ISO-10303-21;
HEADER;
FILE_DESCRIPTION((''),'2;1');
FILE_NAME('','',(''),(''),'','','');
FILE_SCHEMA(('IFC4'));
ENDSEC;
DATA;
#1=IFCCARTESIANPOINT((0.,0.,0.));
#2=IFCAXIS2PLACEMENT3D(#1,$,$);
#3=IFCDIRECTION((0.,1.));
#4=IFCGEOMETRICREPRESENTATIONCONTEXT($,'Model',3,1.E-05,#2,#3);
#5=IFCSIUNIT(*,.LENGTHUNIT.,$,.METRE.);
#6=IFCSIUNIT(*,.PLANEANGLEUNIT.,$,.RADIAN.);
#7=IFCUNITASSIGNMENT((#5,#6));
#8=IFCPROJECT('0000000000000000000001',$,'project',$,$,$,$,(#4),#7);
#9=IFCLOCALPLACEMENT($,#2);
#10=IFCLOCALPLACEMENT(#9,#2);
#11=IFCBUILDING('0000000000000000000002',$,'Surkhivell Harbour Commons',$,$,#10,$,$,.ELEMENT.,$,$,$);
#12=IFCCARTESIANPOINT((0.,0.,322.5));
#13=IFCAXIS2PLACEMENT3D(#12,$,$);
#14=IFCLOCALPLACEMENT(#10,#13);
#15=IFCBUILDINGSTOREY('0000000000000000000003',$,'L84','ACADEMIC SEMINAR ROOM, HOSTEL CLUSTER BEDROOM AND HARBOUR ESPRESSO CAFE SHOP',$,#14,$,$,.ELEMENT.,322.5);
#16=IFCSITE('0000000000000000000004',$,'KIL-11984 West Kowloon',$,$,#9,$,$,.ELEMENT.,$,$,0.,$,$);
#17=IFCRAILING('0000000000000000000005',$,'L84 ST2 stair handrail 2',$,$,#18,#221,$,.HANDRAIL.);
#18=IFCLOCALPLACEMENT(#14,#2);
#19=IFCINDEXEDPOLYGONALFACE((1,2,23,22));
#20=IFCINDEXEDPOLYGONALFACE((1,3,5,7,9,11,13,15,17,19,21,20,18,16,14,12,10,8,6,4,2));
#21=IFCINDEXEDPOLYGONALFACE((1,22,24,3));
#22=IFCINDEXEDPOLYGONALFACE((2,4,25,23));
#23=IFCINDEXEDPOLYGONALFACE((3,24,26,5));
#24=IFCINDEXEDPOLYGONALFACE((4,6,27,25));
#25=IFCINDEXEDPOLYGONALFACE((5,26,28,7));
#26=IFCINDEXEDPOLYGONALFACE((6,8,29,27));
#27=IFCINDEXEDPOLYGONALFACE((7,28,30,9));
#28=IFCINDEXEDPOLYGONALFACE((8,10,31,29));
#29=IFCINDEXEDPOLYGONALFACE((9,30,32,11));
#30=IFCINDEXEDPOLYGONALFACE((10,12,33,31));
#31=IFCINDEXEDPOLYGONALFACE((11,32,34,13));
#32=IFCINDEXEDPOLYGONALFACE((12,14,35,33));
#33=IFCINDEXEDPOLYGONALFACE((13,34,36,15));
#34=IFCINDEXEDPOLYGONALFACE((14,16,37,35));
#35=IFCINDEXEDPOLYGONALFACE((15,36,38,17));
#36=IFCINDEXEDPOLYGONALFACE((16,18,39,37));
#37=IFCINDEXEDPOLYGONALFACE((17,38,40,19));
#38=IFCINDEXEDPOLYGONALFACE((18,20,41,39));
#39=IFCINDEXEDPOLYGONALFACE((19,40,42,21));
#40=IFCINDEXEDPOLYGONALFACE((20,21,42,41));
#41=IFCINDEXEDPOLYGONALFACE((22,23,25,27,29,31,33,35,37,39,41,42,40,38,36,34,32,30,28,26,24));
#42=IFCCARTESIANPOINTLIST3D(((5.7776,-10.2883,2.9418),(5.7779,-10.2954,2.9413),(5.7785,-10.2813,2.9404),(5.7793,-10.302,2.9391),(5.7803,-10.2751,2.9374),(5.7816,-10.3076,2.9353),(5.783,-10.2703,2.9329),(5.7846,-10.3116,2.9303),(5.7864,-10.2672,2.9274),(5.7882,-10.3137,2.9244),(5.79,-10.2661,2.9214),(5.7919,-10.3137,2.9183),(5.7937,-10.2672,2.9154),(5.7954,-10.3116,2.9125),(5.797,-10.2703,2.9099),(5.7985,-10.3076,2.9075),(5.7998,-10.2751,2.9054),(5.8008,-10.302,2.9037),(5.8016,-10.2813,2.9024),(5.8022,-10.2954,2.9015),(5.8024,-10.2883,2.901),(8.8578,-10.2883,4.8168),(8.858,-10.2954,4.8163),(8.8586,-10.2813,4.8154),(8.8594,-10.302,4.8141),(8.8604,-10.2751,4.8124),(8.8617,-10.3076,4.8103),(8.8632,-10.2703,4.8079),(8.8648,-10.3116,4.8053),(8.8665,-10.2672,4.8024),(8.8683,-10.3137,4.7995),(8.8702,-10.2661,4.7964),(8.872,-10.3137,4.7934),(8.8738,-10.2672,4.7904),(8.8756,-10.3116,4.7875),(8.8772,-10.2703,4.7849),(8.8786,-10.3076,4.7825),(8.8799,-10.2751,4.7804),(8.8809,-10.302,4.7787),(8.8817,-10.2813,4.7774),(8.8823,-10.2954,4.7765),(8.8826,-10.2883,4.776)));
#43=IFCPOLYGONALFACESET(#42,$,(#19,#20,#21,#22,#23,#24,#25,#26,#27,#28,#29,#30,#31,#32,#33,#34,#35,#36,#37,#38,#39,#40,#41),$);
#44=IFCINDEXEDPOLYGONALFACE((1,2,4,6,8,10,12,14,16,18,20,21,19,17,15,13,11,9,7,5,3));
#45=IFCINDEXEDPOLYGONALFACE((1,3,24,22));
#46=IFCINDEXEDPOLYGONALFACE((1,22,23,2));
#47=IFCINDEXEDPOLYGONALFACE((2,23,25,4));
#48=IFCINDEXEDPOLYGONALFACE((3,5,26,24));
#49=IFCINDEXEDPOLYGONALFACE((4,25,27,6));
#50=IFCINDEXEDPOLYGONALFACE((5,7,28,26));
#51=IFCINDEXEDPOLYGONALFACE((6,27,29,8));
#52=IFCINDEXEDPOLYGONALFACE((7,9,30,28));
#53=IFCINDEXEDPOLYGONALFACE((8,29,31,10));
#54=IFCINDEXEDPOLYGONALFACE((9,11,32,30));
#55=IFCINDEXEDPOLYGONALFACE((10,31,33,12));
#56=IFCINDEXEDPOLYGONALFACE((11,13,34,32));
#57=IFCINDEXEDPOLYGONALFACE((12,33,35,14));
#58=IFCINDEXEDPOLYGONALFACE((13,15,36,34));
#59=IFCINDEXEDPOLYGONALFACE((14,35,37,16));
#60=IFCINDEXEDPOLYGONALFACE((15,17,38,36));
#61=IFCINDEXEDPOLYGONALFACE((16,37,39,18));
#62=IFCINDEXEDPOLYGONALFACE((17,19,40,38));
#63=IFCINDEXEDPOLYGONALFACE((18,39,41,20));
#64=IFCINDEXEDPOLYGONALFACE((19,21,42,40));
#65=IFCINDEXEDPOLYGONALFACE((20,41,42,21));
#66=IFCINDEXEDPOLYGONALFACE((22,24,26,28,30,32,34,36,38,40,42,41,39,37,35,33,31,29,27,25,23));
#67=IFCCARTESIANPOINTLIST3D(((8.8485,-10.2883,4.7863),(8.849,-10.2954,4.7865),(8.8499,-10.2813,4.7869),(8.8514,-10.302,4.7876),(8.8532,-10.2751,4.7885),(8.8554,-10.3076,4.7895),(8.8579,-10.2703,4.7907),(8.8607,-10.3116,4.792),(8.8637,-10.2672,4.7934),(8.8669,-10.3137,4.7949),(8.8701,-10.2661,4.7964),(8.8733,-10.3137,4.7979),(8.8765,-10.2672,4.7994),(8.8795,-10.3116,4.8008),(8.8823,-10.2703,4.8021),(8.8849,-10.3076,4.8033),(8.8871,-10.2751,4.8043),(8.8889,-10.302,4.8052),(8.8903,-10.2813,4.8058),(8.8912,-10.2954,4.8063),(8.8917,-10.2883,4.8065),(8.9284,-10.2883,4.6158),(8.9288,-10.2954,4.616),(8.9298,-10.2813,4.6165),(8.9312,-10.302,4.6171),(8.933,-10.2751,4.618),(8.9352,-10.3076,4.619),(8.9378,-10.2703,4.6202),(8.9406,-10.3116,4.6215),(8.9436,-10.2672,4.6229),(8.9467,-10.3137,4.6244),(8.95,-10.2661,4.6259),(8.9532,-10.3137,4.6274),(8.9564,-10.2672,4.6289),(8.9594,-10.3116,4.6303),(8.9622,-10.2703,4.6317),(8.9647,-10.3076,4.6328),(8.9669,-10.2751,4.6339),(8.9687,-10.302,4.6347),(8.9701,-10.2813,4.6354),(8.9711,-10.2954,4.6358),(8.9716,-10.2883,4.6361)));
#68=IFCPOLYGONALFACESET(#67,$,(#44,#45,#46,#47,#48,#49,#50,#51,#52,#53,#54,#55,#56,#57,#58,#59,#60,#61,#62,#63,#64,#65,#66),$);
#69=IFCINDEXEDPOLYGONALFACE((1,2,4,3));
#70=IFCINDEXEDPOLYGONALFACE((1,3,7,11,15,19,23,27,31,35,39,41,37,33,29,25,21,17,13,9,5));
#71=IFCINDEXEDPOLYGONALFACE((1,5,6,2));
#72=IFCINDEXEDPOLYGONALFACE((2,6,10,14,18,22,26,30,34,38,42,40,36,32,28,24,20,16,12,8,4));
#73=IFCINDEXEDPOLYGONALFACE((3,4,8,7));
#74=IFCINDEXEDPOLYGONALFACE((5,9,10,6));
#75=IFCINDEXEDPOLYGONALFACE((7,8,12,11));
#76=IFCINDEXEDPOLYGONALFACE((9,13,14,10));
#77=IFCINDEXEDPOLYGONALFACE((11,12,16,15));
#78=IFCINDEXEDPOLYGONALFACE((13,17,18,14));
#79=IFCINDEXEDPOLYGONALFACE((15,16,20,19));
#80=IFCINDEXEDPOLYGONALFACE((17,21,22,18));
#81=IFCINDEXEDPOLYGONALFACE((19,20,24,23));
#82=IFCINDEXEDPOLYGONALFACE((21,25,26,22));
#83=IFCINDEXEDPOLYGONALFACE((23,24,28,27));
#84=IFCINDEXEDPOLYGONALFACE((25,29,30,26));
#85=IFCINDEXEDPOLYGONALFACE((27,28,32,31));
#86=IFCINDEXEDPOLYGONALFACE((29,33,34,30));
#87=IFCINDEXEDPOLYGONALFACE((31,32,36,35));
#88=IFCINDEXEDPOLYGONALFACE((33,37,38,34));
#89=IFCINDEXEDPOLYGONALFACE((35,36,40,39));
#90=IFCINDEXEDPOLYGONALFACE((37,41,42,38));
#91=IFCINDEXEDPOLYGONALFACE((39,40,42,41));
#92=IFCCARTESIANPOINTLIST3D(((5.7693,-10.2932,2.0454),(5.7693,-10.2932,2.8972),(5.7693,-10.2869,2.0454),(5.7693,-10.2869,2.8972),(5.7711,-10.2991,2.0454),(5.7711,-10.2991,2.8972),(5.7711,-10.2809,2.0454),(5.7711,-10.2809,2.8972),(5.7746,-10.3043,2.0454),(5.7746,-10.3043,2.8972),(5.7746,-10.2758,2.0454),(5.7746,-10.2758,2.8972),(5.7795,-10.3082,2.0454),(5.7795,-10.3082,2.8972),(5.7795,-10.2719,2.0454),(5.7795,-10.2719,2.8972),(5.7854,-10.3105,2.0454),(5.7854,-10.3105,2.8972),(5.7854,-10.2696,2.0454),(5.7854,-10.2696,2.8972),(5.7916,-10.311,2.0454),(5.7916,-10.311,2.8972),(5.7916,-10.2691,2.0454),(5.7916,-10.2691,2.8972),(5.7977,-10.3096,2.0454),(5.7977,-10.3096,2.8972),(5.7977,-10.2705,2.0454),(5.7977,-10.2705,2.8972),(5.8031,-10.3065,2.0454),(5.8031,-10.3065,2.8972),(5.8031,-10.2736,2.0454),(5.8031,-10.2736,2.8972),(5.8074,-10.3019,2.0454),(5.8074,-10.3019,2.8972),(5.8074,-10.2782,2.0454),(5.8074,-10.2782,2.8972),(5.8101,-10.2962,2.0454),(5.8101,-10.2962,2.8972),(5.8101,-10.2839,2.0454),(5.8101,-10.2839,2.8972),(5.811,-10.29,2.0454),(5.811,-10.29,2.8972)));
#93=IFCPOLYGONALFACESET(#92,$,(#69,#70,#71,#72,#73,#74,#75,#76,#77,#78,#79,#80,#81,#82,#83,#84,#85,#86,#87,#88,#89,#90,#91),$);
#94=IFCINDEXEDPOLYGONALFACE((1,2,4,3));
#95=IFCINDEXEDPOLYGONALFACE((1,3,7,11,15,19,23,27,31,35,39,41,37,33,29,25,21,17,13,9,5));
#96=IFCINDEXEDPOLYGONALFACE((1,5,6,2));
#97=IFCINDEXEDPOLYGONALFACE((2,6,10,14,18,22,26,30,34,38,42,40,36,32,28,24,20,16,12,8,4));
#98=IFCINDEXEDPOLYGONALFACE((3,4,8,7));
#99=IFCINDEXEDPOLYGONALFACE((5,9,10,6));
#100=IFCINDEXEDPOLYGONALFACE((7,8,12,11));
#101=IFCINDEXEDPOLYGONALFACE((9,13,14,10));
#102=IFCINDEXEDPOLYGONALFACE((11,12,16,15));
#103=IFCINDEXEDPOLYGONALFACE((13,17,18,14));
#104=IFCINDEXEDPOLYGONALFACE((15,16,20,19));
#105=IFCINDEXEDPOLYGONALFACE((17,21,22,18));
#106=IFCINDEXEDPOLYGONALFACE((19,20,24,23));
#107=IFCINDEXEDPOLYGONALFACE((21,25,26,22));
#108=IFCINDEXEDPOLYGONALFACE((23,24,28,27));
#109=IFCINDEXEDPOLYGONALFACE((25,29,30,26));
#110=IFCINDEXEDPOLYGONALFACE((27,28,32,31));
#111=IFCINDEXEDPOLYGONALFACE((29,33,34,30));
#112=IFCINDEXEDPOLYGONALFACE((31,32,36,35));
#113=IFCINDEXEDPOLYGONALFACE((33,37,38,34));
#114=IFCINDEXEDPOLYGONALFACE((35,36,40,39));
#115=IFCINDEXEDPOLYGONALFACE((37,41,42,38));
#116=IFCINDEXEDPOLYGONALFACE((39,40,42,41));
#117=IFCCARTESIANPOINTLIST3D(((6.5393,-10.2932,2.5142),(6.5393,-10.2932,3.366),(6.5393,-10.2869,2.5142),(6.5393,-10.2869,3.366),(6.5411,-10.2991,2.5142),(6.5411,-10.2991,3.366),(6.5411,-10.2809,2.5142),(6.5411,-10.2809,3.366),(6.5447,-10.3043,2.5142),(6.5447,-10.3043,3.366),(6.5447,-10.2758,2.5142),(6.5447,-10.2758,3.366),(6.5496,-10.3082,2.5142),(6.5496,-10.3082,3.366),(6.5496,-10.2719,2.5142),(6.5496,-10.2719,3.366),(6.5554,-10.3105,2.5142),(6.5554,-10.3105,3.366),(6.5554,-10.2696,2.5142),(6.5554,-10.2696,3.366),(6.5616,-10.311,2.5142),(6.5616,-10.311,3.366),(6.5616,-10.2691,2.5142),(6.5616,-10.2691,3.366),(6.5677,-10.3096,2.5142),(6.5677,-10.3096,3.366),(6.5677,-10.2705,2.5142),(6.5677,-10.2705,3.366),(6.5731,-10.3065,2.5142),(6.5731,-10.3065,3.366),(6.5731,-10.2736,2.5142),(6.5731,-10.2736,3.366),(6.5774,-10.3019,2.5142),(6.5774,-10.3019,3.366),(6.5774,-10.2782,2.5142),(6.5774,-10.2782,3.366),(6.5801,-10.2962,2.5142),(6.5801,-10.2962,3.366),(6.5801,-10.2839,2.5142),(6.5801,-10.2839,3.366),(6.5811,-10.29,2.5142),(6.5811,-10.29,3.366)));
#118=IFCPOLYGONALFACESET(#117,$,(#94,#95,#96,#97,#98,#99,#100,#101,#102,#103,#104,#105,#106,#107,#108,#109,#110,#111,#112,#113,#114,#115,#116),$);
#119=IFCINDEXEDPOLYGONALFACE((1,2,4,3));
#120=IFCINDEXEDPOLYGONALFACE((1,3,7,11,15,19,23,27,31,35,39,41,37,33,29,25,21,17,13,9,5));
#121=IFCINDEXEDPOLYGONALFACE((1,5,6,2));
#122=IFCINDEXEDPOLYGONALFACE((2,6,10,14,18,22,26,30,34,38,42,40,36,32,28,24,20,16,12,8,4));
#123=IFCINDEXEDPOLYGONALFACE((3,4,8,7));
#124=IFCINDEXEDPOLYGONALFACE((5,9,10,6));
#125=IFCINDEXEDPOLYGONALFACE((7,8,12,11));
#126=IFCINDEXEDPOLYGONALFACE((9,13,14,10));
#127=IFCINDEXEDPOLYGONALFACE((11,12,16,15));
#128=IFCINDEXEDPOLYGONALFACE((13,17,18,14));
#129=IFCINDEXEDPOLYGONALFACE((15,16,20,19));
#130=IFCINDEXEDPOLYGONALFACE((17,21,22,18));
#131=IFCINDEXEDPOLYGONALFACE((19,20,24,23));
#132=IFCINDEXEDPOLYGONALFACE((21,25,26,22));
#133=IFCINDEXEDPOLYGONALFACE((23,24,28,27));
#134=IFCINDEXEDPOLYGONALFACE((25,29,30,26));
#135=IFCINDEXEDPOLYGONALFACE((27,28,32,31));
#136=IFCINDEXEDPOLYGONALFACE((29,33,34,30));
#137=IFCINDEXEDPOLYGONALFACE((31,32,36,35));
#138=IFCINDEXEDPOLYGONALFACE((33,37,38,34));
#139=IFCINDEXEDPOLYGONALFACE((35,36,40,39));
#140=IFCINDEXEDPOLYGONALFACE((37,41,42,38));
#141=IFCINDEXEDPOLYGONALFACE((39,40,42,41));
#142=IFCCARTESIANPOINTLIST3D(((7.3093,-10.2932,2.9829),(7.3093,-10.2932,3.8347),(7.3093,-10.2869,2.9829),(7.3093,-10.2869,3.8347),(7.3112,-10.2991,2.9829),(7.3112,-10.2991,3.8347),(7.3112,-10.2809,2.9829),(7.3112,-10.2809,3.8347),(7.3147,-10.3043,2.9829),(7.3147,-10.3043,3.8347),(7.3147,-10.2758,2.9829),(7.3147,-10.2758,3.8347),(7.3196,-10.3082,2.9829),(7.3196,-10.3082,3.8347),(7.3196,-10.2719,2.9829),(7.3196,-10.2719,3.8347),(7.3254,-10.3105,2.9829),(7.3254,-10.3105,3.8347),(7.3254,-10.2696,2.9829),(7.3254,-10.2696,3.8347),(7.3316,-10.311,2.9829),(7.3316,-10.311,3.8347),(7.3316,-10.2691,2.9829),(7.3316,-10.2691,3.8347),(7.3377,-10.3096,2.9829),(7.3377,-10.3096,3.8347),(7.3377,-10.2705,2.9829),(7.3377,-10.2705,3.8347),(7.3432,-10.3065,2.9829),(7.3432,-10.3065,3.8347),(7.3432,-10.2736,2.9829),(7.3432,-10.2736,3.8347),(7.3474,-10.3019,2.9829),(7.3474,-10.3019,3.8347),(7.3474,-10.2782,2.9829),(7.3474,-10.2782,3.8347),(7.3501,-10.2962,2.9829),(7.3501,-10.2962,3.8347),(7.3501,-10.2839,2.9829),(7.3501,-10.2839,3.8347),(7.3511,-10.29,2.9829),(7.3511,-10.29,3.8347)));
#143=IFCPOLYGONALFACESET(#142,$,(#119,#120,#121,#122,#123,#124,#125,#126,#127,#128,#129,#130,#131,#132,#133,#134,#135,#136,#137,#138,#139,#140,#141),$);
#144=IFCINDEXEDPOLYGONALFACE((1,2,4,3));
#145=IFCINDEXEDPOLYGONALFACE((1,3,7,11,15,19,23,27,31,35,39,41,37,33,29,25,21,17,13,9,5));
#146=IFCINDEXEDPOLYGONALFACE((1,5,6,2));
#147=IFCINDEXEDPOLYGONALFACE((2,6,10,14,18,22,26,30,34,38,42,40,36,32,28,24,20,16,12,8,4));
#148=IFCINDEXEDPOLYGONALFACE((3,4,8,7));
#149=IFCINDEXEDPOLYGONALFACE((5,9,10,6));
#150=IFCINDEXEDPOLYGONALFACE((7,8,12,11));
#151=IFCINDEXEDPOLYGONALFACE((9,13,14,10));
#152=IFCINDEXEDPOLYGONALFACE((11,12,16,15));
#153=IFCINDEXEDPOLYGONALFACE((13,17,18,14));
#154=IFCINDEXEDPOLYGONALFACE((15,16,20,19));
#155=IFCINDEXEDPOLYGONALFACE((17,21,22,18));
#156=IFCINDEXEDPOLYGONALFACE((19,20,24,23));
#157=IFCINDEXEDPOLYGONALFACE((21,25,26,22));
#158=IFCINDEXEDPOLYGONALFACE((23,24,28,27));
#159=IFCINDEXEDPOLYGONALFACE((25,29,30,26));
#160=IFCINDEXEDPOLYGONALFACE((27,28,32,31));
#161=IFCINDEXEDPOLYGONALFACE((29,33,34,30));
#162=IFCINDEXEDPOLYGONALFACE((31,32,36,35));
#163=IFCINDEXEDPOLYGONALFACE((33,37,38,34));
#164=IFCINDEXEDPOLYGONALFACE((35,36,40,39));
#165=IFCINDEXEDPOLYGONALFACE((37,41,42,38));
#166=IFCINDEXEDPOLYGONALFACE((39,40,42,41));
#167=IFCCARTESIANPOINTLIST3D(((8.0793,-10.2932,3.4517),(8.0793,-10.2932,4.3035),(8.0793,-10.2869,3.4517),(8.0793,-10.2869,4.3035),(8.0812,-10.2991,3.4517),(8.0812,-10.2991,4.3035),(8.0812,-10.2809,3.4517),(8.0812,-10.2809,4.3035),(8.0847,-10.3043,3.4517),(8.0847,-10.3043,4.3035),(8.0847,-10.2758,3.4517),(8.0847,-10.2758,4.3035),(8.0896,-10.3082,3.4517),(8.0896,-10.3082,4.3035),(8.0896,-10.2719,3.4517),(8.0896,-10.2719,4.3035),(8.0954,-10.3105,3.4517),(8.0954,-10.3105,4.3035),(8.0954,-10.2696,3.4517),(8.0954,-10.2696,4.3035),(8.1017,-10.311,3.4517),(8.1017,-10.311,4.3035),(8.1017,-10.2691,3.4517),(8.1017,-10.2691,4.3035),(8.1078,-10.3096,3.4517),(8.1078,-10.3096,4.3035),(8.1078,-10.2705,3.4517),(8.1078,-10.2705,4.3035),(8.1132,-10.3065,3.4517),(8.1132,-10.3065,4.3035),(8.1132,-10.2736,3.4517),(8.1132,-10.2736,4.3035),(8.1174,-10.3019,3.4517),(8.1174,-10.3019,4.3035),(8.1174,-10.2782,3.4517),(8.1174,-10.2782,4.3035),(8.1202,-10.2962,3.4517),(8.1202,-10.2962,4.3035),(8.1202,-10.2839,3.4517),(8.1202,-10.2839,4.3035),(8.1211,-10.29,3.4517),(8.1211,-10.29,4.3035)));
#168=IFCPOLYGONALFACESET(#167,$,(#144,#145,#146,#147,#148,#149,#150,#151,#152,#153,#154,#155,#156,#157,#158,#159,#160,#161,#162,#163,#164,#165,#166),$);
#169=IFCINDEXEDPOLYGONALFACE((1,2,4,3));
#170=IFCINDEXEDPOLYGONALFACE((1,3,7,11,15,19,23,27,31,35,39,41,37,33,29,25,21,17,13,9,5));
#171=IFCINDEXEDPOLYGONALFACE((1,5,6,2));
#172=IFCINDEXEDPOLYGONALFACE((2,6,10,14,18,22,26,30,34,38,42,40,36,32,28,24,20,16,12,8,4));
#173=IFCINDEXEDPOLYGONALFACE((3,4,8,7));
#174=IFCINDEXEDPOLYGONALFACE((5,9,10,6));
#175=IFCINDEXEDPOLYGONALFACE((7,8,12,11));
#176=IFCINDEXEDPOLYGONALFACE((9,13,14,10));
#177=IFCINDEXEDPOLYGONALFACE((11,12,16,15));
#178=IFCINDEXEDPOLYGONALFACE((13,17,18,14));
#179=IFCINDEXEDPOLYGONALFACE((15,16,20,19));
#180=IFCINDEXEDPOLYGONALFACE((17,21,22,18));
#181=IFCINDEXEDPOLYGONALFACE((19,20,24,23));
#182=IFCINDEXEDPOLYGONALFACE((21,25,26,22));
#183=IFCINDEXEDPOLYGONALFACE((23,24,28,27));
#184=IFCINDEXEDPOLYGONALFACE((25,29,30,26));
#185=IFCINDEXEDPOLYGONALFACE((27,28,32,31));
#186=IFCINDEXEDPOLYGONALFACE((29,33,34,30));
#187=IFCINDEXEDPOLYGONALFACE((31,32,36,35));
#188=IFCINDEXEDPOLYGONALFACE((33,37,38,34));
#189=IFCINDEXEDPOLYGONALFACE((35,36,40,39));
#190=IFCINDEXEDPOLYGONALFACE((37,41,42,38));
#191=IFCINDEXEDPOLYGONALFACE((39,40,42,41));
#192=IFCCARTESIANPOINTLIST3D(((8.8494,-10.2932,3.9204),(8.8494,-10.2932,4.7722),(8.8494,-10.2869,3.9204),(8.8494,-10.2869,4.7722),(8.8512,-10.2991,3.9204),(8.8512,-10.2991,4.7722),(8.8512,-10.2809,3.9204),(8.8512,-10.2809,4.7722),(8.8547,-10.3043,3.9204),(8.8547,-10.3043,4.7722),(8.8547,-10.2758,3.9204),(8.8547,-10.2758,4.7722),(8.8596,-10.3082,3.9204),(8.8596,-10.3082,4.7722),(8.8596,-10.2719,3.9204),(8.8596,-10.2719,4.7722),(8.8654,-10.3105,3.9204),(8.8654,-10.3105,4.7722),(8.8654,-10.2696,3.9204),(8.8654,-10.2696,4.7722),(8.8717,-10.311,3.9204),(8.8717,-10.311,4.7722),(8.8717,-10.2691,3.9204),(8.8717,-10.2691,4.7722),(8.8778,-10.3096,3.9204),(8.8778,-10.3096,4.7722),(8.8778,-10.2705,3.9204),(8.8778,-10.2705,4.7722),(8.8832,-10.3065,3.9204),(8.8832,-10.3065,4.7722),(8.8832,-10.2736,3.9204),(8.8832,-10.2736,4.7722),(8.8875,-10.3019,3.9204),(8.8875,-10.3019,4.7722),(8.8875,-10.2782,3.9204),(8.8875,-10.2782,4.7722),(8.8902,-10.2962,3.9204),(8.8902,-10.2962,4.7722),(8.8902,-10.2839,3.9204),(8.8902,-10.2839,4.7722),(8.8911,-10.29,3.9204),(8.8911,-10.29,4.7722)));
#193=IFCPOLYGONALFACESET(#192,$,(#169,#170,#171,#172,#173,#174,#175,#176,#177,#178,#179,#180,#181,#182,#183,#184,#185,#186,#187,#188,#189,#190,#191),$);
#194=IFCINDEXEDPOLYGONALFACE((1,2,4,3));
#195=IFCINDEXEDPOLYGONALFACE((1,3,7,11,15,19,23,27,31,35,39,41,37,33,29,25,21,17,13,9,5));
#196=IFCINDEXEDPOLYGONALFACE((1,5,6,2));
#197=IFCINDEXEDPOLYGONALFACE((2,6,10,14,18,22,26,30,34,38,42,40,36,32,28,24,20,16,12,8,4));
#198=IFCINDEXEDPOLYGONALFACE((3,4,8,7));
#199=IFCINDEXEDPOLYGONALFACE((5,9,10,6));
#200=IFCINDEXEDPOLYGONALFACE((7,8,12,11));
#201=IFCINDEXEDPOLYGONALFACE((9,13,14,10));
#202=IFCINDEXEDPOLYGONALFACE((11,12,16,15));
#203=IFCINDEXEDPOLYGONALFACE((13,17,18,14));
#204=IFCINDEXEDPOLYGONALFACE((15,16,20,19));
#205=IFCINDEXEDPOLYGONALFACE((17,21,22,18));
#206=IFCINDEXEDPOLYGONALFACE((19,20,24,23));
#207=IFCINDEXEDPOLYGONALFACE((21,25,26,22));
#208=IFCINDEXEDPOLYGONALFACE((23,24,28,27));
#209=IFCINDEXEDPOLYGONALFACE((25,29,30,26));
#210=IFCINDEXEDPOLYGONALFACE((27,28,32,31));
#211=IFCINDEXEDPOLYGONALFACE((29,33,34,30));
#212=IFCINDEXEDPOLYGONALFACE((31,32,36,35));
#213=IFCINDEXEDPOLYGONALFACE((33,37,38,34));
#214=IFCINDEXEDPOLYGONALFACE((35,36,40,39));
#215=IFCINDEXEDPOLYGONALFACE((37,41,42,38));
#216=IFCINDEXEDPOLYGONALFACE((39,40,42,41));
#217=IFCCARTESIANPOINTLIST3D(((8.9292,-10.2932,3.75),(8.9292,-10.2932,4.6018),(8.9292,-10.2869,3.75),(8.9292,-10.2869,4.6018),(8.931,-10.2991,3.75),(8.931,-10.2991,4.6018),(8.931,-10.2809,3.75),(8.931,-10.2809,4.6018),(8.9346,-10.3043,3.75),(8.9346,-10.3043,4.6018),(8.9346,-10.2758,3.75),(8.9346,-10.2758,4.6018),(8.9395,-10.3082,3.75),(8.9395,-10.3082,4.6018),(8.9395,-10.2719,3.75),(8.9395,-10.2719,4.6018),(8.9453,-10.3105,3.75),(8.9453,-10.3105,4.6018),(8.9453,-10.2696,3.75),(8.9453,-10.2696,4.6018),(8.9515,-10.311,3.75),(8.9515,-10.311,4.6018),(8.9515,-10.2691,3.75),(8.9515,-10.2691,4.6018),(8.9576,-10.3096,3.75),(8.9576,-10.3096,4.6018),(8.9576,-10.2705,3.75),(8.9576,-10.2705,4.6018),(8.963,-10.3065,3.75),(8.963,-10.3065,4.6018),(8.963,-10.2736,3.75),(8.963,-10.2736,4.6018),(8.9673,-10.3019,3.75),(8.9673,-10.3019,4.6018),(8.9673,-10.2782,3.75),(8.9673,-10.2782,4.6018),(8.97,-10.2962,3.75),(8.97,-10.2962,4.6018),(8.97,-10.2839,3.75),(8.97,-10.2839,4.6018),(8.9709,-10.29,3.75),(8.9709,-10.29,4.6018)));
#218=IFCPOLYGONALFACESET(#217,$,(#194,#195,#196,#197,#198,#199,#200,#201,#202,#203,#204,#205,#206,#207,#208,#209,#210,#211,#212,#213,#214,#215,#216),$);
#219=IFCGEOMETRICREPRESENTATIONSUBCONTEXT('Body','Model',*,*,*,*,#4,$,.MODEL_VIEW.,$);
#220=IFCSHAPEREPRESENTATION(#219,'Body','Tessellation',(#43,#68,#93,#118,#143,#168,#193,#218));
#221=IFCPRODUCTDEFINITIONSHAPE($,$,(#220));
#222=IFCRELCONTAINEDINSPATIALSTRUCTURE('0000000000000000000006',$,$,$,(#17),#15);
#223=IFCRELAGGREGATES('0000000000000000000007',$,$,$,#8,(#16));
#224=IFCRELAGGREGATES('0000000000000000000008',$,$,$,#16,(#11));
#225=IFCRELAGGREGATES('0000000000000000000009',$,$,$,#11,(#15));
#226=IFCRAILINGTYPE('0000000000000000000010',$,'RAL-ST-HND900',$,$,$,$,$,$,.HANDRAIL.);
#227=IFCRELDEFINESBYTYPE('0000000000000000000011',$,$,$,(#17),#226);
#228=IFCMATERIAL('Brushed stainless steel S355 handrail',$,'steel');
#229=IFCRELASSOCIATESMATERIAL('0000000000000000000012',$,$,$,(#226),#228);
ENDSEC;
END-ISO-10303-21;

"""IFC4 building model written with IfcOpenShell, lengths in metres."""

from ifc_helpers import new_model, si_unit, direction, frame, origin, origin_2d, place, context, subcontext, project, spatial, circle, extrude, material, type_object, element, save


model = new_model("IFC4")

# Units and contexts
model_context = context("Model", 3, precision=1e-05, world=origin(), true_north=direction((0.0, 1.0)))
body_context = subcontext(model_context, "Body", "Model", "MODEL_VIEW")
ifc_project = project(units=[si_unit("LENGTHUNIT", "METRE"), si_unit("PLANEANGLEUNIT", "RADIAN")], contexts=[model_context])

# Site, building, storey
site_placement = place(None, origin())
site = spatial("IfcSite", under=ifc_project, at=site_placement, Name="KIL-11984 West Kowloon", CompositionType="ELEMENT", RefElevation=0.0)
building_placement = place(site_placement, origin())
building = spatial("IfcBuilding", under=site, at=building_placement, Name="Surkhivell Harbour Commons", CompositionType="ELEMENT")
storey_placement = place(building_placement, frame((0.0, 0.0, 322.5)))
storey = spatial("IfcBuildingStorey", under=building, at=storey_placement, Name="L84", Description="ACADEMIC SEMINAR ROOM, HOSTEL CLUSTER BEDROOM AND HARBOUR ESPRESSO CAFE SHOP", CompositionType="ELEMENT", Elevation=322.5)

# Railing
ifc_material_1 = material(Name="Brushed stainless steel S355 handrail", Category="steel")
railing_type_1 = type_object("IfcRailingType", Name="RAL-ST-HND900", PredefinedType="HANDRAIL", material=ifc_material_1)
railing_1_placement = place(storey_placement, frame((5.79, -10.29, 2.0454)))
element("IfcRailing", 1, at=railing_1_placement, inside=storey, type_object=railing_type_1, Name="L84 ST2 stair handrail 2", PredefinedType="HANDRAIL", context=body_context, shape_type="SweptSolid", body=[
    extrude(circle(Radius=0.0239, at=origin_2d()), frame((0.0, 0.0, 0.876), z_axis=(0.854178, 0.0, 0.519981), x_axis=(0.0, 1.0, 0.0)), (0.0, 0.0, 1.0), 3.606),
    extrude(circle(Radius=0.0239, at=origin_2d()), frame((3.0801, 0.0, 2.751), z_axis=(0.424234, 0.0, -0.905552), x_axis=(0.0, 1.0, 0.0)), (0.0, 0.0, 1.0), 0.1882),
    extrude(circle(Radius=0.021, at=origin_2d()), origin(), (0.0, 0.0, 1.0), 0.8518),
    extrude(circle(Radius=0.021, at=origin_2d()), frame((0.77, 0.0, 0.4688)), (0.0, 0.0, 1.0), 0.8518),
    extrude(circle(Radius=0.021, at=origin_2d()), frame((1.54, 0.0, 0.9375)), (0.0, 0.0, 1.0), 0.8518),
    extrude(circle(Radius=0.021, at=origin_2d()), frame((2.3101, 0.0, 1.4062)), (0.0, 0.0, 1.0), 0.8518),
    extrude(circle(Radius=0.021, at=origin_2d()), frame((3.0801, 0.0, 1.875)), (0.0, 0.0, 1.0), 0.8518),
    extrude(circle(Radius=0.021, at=origin_2d()), frame((3.1599, 0.0, 1.7046)), (0.0, 0.0, 1.0), 0.8518),
])

save(model, "model.ifc")
